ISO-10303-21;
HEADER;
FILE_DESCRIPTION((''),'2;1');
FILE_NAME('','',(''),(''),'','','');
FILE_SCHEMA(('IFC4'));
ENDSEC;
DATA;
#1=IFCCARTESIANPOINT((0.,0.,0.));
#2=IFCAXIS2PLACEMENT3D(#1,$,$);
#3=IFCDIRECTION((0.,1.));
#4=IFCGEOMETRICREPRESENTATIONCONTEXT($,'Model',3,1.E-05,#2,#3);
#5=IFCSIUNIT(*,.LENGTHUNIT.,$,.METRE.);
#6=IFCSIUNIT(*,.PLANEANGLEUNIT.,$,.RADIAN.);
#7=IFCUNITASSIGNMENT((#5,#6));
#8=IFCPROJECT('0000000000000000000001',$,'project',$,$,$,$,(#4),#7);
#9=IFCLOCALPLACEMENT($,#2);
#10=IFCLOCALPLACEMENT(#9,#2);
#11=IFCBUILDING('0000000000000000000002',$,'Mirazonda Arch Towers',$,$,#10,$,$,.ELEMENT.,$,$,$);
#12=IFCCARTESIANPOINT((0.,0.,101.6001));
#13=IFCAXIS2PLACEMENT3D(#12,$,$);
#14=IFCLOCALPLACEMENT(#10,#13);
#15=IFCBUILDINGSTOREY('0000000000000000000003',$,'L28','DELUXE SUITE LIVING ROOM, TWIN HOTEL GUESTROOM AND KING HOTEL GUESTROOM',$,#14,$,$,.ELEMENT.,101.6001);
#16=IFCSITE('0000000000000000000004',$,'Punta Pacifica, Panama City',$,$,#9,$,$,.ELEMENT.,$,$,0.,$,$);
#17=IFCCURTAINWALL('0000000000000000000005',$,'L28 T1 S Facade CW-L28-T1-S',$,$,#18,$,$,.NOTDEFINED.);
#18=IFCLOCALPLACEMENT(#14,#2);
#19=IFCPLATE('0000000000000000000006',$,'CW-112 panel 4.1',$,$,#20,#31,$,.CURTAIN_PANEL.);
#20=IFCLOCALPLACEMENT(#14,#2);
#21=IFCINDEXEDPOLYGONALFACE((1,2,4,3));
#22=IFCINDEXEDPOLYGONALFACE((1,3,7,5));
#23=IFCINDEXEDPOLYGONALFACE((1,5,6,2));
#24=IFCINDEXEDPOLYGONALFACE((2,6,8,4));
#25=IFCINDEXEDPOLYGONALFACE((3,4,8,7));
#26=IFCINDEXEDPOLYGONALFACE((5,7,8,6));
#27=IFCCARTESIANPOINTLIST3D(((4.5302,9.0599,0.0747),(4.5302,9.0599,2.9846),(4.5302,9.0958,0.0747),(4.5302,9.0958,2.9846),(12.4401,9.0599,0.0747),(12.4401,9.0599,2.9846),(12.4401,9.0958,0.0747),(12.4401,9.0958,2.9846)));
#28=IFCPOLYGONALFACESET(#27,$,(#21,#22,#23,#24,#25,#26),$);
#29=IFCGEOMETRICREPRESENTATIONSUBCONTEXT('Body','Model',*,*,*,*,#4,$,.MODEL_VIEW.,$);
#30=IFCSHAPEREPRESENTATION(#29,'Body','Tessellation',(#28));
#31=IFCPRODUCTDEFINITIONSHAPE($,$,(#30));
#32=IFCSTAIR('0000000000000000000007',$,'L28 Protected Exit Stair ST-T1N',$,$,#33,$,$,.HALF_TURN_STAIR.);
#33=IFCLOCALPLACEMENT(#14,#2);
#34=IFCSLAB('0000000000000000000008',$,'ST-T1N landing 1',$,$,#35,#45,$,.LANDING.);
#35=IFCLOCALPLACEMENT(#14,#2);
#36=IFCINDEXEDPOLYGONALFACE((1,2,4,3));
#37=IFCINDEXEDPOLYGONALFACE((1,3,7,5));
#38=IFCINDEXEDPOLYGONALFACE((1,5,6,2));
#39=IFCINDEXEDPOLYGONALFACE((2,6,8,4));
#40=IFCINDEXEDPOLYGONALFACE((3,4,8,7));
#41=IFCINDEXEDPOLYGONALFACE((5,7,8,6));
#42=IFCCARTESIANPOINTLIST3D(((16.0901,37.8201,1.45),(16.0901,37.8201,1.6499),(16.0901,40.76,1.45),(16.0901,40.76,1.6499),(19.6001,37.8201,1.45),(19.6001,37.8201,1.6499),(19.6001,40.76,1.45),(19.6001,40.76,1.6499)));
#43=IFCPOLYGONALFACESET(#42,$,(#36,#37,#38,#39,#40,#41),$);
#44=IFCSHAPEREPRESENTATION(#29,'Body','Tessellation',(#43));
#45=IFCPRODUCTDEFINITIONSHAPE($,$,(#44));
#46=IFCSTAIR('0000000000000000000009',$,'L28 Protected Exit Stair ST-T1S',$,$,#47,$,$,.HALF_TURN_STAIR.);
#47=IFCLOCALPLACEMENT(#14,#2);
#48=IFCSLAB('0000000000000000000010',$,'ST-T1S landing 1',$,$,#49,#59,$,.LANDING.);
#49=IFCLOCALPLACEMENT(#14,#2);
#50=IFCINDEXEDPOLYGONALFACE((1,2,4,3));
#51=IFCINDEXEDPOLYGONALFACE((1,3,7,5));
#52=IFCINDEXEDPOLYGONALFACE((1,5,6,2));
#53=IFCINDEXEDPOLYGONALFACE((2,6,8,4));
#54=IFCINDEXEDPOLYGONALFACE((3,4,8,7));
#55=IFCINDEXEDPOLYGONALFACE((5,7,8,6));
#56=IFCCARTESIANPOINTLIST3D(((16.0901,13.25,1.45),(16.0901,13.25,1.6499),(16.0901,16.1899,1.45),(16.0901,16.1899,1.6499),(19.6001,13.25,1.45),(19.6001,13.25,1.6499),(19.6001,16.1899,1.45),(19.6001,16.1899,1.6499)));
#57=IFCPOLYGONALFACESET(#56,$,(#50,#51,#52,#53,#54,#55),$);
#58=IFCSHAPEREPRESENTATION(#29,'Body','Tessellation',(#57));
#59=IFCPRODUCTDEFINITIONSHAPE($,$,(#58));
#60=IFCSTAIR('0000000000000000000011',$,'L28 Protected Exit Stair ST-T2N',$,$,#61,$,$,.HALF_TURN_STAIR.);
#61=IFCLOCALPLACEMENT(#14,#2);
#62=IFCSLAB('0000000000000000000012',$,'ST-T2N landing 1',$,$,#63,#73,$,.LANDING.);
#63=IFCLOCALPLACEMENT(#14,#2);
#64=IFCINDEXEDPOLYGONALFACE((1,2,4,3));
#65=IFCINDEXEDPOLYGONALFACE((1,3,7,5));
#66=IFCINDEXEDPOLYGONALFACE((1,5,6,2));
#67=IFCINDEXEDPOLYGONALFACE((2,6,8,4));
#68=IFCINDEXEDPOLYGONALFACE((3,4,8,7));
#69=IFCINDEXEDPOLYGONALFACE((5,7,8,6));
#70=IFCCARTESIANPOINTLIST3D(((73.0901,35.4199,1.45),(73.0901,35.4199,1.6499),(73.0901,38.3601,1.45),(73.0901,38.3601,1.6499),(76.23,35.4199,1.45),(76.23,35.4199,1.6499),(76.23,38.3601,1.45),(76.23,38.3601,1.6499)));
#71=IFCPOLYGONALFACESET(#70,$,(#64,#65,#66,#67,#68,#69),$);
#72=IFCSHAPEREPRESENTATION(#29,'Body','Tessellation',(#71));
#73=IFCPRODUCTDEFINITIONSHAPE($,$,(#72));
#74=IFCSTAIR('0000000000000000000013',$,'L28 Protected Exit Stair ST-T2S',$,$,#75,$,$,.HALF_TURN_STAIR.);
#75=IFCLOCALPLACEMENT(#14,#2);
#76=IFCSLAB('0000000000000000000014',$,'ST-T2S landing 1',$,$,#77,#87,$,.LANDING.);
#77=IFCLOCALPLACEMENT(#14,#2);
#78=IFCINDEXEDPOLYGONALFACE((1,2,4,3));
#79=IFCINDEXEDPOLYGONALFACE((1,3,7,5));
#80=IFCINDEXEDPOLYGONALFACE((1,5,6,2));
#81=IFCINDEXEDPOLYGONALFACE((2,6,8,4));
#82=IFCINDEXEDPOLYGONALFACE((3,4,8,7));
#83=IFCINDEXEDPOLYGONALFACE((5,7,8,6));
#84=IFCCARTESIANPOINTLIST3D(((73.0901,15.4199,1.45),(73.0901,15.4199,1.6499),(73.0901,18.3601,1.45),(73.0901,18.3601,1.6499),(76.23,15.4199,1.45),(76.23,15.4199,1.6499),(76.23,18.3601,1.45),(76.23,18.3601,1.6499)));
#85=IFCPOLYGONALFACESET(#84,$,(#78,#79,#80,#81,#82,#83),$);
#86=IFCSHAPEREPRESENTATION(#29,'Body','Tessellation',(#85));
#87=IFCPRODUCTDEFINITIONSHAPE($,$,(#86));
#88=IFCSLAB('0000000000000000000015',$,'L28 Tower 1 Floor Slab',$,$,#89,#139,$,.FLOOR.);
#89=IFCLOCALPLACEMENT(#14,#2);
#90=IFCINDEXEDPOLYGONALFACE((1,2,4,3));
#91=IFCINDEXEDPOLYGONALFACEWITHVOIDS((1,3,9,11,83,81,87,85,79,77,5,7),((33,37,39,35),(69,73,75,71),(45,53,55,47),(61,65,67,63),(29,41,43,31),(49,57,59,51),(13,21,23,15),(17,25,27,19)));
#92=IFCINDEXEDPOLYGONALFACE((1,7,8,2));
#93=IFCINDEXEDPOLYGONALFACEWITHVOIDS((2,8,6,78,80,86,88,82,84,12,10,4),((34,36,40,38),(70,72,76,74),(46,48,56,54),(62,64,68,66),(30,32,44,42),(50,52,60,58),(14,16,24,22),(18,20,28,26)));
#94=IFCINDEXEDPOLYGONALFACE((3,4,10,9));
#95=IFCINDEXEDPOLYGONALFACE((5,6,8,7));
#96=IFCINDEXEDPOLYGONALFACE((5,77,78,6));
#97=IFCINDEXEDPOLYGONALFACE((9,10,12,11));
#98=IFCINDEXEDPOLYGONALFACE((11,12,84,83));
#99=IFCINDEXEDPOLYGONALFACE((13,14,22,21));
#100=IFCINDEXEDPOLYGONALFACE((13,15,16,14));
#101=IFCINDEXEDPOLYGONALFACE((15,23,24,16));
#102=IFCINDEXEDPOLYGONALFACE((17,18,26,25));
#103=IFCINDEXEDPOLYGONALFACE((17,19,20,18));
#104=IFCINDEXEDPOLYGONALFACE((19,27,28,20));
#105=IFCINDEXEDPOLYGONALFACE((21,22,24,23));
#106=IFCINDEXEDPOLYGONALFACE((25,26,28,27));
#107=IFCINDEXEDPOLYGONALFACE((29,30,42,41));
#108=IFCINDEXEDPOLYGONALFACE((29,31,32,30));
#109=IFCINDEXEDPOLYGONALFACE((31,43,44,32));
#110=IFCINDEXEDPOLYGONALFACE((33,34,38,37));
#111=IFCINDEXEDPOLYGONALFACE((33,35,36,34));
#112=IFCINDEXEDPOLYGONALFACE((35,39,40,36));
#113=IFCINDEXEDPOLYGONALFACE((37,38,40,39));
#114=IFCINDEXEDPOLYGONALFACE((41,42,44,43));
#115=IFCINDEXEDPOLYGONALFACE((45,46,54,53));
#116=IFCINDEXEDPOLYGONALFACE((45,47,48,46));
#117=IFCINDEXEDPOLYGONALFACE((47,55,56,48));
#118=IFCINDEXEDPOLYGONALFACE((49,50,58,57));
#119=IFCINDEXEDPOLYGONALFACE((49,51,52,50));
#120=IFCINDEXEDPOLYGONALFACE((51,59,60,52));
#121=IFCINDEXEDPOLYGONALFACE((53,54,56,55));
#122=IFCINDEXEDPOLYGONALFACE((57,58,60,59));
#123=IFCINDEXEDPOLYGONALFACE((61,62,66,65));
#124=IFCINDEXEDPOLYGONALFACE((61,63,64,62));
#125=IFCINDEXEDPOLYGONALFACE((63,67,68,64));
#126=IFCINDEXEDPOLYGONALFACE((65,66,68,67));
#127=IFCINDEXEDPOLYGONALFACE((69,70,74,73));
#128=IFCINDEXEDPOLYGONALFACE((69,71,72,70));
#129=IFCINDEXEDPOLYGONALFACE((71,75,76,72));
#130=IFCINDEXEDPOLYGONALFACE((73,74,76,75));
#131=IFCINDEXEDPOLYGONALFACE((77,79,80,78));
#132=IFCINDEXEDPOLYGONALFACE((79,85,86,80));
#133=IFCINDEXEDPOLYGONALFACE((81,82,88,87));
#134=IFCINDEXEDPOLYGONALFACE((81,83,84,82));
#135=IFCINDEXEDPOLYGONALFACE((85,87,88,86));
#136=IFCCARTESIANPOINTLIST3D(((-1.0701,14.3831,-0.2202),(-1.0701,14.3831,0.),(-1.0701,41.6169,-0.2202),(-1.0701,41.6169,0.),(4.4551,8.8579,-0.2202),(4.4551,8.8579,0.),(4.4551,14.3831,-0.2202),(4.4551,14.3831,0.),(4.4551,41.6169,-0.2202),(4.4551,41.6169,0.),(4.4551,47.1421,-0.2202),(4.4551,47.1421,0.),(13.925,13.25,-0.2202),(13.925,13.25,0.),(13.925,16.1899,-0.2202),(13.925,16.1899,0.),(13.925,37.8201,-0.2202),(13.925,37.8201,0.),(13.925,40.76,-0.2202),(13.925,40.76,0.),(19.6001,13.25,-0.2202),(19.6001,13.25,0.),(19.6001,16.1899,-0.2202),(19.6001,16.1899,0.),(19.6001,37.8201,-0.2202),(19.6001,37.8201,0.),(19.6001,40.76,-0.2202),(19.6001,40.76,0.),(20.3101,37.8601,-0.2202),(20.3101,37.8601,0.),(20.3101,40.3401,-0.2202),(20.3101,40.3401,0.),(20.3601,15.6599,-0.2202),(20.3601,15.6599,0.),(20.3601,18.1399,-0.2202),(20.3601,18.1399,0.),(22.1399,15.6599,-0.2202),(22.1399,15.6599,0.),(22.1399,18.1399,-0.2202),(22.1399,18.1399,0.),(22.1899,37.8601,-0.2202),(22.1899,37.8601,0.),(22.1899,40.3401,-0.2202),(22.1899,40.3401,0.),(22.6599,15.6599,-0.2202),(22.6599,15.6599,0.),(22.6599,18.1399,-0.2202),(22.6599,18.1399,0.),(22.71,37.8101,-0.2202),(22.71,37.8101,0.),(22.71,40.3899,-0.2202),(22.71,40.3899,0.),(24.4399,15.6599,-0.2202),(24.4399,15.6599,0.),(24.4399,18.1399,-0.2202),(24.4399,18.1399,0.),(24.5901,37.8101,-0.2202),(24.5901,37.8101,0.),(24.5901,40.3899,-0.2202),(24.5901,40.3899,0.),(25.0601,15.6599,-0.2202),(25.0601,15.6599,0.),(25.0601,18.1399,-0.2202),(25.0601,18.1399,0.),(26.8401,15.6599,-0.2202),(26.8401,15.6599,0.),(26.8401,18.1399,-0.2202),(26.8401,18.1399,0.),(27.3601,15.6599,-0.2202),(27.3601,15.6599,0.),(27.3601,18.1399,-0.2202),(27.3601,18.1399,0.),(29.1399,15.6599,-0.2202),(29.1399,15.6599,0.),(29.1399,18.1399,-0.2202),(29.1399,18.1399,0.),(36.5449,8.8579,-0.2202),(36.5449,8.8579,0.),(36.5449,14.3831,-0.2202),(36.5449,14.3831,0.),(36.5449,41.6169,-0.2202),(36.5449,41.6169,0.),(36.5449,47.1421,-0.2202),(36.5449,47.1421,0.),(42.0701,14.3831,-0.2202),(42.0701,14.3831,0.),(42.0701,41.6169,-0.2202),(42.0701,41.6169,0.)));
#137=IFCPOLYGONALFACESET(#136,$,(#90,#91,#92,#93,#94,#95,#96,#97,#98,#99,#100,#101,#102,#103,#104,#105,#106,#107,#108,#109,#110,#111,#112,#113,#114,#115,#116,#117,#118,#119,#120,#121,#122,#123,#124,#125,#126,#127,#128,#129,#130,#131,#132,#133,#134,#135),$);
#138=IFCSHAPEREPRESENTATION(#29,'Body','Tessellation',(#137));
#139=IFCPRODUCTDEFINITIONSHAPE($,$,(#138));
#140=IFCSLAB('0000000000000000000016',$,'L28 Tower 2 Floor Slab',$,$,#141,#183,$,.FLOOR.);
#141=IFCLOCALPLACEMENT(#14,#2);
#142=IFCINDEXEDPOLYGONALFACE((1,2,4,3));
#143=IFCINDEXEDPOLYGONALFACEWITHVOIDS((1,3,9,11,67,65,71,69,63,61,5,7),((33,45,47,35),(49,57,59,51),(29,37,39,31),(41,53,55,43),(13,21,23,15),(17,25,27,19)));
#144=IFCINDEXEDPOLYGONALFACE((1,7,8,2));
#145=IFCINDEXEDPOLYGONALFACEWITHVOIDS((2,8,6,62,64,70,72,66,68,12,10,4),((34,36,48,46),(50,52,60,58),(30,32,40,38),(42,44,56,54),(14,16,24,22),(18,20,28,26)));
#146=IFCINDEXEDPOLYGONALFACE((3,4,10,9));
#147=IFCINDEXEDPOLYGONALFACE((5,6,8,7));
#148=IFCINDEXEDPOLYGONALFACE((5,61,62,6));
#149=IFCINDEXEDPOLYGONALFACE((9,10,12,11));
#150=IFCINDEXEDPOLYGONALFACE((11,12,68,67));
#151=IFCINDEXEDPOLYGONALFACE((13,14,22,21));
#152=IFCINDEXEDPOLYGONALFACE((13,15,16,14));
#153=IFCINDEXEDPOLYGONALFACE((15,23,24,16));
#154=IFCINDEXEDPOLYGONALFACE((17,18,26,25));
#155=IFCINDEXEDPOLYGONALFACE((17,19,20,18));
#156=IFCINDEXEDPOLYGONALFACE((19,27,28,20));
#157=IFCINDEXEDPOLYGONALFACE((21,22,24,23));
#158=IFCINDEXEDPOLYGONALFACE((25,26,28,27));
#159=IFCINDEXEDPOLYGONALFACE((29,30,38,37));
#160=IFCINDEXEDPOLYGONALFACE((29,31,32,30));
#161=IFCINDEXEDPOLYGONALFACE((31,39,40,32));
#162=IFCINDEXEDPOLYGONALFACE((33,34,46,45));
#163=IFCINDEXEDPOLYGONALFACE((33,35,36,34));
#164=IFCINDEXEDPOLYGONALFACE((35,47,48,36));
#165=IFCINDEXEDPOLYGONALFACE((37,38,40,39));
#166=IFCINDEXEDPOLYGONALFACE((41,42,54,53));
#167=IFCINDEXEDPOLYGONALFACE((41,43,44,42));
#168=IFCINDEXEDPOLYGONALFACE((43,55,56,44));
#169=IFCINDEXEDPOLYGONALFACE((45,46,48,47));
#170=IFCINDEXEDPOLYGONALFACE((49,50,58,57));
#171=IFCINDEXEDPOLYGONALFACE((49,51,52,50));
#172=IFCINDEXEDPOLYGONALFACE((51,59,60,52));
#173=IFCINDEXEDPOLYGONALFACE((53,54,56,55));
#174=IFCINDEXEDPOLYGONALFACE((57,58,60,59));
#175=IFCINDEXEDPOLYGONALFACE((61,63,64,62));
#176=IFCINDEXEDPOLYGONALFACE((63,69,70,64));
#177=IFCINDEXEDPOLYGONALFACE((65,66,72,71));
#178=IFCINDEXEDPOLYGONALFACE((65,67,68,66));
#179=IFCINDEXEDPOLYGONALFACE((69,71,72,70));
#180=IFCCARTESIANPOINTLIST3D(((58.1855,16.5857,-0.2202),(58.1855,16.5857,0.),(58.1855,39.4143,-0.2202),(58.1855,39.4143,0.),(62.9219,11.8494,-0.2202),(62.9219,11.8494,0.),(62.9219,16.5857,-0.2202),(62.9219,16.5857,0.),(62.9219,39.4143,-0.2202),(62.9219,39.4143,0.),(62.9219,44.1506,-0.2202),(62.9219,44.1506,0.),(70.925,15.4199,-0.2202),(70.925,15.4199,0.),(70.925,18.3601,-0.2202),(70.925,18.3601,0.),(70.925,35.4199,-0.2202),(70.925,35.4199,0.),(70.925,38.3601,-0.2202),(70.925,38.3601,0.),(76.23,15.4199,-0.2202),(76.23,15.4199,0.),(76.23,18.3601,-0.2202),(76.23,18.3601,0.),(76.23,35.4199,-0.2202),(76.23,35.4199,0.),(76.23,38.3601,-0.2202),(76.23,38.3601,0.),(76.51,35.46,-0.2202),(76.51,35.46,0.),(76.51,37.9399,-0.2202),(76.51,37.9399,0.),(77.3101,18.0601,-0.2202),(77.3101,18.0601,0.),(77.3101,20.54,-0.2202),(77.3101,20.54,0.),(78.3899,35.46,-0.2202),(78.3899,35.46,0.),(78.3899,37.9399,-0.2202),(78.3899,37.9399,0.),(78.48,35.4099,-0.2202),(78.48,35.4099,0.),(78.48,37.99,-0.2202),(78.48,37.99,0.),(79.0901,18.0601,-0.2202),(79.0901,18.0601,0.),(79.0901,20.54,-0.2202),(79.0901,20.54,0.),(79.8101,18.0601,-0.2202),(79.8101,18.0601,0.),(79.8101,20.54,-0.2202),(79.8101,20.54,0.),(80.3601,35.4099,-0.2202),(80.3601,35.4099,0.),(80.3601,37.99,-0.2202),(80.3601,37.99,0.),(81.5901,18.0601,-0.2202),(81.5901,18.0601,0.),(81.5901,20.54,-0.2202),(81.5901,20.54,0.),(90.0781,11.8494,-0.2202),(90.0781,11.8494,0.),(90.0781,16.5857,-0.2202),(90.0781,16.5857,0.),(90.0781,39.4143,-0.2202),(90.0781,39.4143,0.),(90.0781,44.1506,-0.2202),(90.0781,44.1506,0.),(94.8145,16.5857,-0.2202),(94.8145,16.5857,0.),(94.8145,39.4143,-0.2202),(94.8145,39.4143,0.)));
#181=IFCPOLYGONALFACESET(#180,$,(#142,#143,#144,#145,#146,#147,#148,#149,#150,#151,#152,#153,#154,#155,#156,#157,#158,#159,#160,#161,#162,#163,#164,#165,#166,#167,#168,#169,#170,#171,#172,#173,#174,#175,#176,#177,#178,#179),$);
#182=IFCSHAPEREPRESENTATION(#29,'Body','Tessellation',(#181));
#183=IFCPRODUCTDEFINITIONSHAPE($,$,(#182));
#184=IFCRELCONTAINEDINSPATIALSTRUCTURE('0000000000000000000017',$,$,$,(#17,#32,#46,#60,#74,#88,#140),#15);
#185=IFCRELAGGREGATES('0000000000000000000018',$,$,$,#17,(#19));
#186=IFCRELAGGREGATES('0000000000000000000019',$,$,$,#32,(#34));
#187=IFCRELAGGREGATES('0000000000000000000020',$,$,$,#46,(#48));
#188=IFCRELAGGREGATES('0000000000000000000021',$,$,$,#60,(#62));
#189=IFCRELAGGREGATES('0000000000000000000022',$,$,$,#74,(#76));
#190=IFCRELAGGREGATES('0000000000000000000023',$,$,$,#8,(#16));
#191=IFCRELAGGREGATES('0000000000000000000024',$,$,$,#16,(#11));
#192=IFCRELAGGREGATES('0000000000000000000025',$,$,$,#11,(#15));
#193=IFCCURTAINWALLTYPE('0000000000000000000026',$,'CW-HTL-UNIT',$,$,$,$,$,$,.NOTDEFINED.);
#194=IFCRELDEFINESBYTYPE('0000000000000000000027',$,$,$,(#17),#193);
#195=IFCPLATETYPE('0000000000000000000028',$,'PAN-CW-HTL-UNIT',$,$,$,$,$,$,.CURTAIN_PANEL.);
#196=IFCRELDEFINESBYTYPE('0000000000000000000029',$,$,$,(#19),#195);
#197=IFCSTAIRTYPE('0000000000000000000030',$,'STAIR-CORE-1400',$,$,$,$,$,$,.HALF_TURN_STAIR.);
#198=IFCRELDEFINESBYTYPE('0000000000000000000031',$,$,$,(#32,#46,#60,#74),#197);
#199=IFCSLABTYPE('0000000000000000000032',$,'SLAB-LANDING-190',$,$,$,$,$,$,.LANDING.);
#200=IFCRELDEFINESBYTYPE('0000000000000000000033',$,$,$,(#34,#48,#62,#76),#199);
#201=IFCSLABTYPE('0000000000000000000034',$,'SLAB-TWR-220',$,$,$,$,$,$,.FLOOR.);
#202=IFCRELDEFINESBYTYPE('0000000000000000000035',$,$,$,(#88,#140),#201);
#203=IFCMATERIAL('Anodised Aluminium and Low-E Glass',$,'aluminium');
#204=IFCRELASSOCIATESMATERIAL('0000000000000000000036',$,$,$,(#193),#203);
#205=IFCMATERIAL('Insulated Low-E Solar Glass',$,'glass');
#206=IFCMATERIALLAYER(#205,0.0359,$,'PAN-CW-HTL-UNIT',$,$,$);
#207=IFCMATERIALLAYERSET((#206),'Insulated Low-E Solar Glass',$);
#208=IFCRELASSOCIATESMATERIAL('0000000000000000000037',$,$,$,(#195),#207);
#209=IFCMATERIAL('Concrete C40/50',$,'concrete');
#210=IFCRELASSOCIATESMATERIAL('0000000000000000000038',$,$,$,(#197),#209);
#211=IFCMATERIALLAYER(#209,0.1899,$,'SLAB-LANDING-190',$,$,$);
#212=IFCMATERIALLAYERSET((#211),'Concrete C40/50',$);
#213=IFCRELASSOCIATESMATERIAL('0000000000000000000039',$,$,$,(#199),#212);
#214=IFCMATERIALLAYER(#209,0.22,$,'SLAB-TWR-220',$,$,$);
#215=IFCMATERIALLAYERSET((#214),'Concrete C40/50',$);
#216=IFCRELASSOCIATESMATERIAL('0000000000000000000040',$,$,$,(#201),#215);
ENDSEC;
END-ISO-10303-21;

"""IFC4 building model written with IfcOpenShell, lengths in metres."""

from ifc_helpers import new_model, si_unit, direction, frame, origin, origin_2d, place, context, subcontext, project, spatial, polyline, rectangle, outline, extrude, material, layer, layer_set, type_object, element, aggregate, save


model = new_model("IFC4")

# Units and contexts
model_context = context("Model", 3, precision=1e-05, world=origin(), true_north=direction((0.0, 1.0)))
body_context = subcontext(model_context, "Body", "Model", "MODEL_VIEW")
ifc_project = project(units=[si_unit("LENGTHUNIT", "METRE"), si_unit("PLANEANGLEUNIT", "RADIAN")], contexts=[model_context])

# Site, building, storey
site_placement = place(None, origin())
site = spatial("IfcSite", under=ifc_project, at=site_placement, Name="Punta Pacifica, Panama City", CompositionType="ELEMENT", RefElevation=0.0)
building_placement = place(site_placement, origin())
building = spatial("IfcBuilding", under=site, at=building_placement, Name="Mirazonda Arch Towers", CompositionType="ELEMENT")
storey_placement = place(building_placement, frame((0.0, 0.0, 101.6001)))
storey = spatial("IfcBuildingStorey", under=building, at=storey_placement, Name="L28", Description="DELUXE SUITE LIVING ROOM, TWIN HOTEL GUESTROOM AND KING HOTEL GUESTROOM", CompositionType="ELEMENT", Elevation=101.6001)

# Curtain wall
ifc_material_1 = material(Name="Anodised Aluminium and Low-E Glass", Category="aluminium")
curtain_wall_type = type_object("IfcCurtainWallType", Name="CW-HTL-UNIT", PredefinedType="NOTDEFINED", material=ifc_material_1)
curtain_wall_1_placement = place(storey_placement, origin())
curtain_wall_1 = element("IfcCurtainWall", 1, at=curtain_wall_1_placement, inside=storey, type_object=curtain_wall_type, Name="L28 T1 S Facade CW-L28-T1-S", PredefinedType="NOTDEFINED")

# Plate
ifc_material_2 = material(Name="Insulated Low-E Solar Glass", Category="glass")
ifc_layer_1 = layer(ifc_material_2, 0.0359, Name="PAN-CW-HTL-UNIT")
ifc_layer_set_1 = layer_set([ifc_layer_1], Name="Insulated Low-E Solar Glass")
plate_type = type_object("IfcPlateType", Name="PAN-CW-HTL-UNIT", PredefinedType="CURTAIN_PANEL", material=ifc_layer_set_1)
plate_placement = place(storey_placement, frame((8.4851, 9.0779, 0.0747), z_axis=(0.0, 0.0, 1.0), x_axis=(-1.0, 0.0, 0.0)))
plate = element("IfcPlate", 2, at=plate_placement, type_object=plate_type, Name="CW-112 panel 4.1", PredefinedType="CURTAIN_PANEL", context=body_context, shape_type="SweptSolid", body=[
    extrude(rectangle(XDim=7.9099, YDim=0.0359, at=origin_2d()), origin(), (0.0, 0.0, 1.0), 2.9099),
])
aggregate(curtain_wall_1, [plate])

# Stairs, slabs
ifc_material_3 = material(Name="Concrete C40/50", Category="concrete")
stair_type = type_object("IfcStairType", Name="STAIR-CORE-1400", PredefinedType="HALF_TURN_STAIR", material=ifc_material_3)
stair_1_placement = place(storey_placement, origin())
stair_1 = element("IfcStair", 3, at=stair_1_placement, inside=storey, type_object=stair_type, Name="L28 Protected Exit Stair ST-T1N", PredefinedType="HALF_TURN_STAIR")
ifc_layer_2 = layer(ifc_material_3, 0.1899, Name="SLAB-LANDING-190")
ifc_layer_set_2 = layer_set([ifc_layer_2], Name="Concrete C40/50")
slab_type_1 = type_object("IfcSlabType", Name="SLAB-LANDING-190", PredefinedType="LANDING", material=ifc_layer_set_2)
slab_1_placement = place(storey_placement, frame((0.0, 0.0, 1.45)))
slab_1 = element("IfcSlab", 4, at=slab_1_placement, type_object=slab_type_1, Name="ST-T1N landing 1", PredefinedType="LANDING", context=body_context, shape_type="SweptSolid", body=[
    extrude(outline(polyline([(16.0901, 37.8201), (19.6001, 37.8201), (19.6001, 40.76), (16.0901, 40.76), (16.0901, 37.8201)])), origin(), (0.0, 0.0, 1.0), 0.2),
])
aggregate(stair_1, [slab_1])
stair_2_placement = place(storey_placement, origin())
stair_2 = element("IfcStair", 5, at=stair_2_placement, inside=storey, type_object=stair_type, Name="L28 Protected Exit Stair ST-T1S", PredefinedType="HALF_TURN_STAIR")
slab_2_placement = place(storey_placement, frame((0.0, 0.0, 1.45)))
slab_2 = element("IfcSlab", 6, at=slab_2_placement, type_object=slab_type_1, Name="ST-T1S landing 1", PredefinedType="LANDING", context=body_context, shape_type="SweptSolid", body=[
    extrude(outline(polyline([(16.0901, 13.25), (19.6001, 13.25), (19.6001, 16.1899), (16.0901, 16.1899), (16.0901, 13.25)])), origin(), (0.0, 0.0, 1.0), 0.2),
])
aggregate(stair_2, [slab_2])
stair_3_placement = place(storey_placement, origin())
stair_3 = element("IfcStair", 7, at=stair_3_placement, inside=storey, type_object=stair_type, Name="L28 Protected Exit Stair ST-T2N", PredefinedType="HALF_TURN_STAIR")
slab_3_placement = place(storey_placement, frame((0.0, 0.0, 1.45)))
slab_3 = element("IfcSlab", 8, at=slab_3_placement, type_object=slab_type_1, Name="ST-T2N landing 1", PredefinedType="LANDING", context=body_context, shape_type="SweptSolid", body=[
    extrude(outline(polyline([(73.0901, 35.4199), (76.23, 35.4199), (76.23, 38.3601), (73.0901, 38.3601), (73.0901, 35.4199)])), origin(), (0.0, 0.0, 1.0), 0.2),
])
aggregate(stair_3, [slab_3])
stair_4_placement = place(storey_placement, origin())
stair_4 = element("IfcStair", 9, at=stair_4_placement, inside=storey, type_object=stair_type, Name="L28 Protected Exit Stair ST-T2S", PredefinedType="HALF_TURN_STAIR")
slab_4_placement = place(storey_placement, frame((0.0, 0.0, 1.45)))
slab_4 = element("IfcSlab", 10, at=slab_4_placement, type_object=slab_type_1, Name="ST-T2S landing 1", PredefinedType="LANDING", context=body_context, shape_type="SweptSolid", body=[
    extrude(outline(polyline([(73.0901, 15.4199), (76.23, 15.4199), (76.23, 18.3601), (73.0901, 18.3601), (73.0901, 15.4199)])), origin(), (0.0, 0.0, 1.0), 0.2),
])
aggregate(stair_4, [slab_4])

# Slabs
ifc_layer_3 = layer(ifc_material_3, 0.22, Name="SLAB-TWR-220")
ifc_layer_set_3 = layer_set([ifc_layer_3], Name="Concrete C40/50")
slab_type_2 = type_object("IfcSlabType", Name="SLAB-TWR-220", PredefinedType="FLOOR", material=ifc_layer_set_3)
slab_5_placement = place(storey_placement, frame((0.0, 0.0, -0.2202)))
element("IfcSlab", 11, at=slab_5_placement, inside=storey, type_object=slab_type_2, Name="L28 Tower 1 Floor Slab", PredefinedType="FLOOR", context=body_context, shape_type="SweptSolid", body=[
    extrude(outline(polyline([(4.4551, 8.8579), (36.5449, 8.8579), (36.5449, 14.3831), (42.0701, 14.3831), (42.0701, 41.6169), (36.5449, 41.6169), (36.5449, 47.1421), (4.4551, 47.1421), (4.4551, 41.6169), (-1.0701, 41.6169), (-1.0701, 14.3831), (4.4551, 14.3831), (4.4551, 8.8579)]), holes=[polyline([(27.3601, 18.1399), (29.1399, 18.1399), (29.1399, 15.6599), (27.3601, 15.6599), (27.3601, 18.1399)]), polyline([(25.0601, 18.1399), (26.8401, 18.1399), (26.8401, 15.6599), (25.0601, 15.6599), (25.0601, 18.1399)]), polyline([(22.71, 40.3899), (24.5901, 40.3899), (24.5901, 37.8101), (22.71, 37.8101), (22.71, 40.3899)]), polyline([(22.6599, 18.1399), (24.4399, 18.1399), (24.4399, 15.6599), (22.6599, 15.6599), (22.6599, 18.1399)]), polyline([(20.3101, 40.3401), (22.1899, 40.3401), (22.1899, 37.8601), (20.3101, 37.8601), (20.3101, 40.3401)]), polyline([(20.3601, 18.1399), (22.1399, 18.1399), (22.1399, 15.6599), (20.3601, 15.6599), (20.3601, 18.1399)]), polyline([(13.925, 13.25), (13.925, 16.1899), (19.6001, 16.1899), (19.6001, 13.25), (13.925, 13.25)]), polyline([(13.925, 37.8201), (13.925, 40.76), (19.6001, 40.76), (19.6001, 37.8201), (13.925, 37.8201)])]), origin(), (0.0, 0.0, 1.0), 0.2202),
])
slab_6_placement = place(storey_placement, frame((0.0, 0.0, -0.2202)))
element("IfcSlab", 12, at=slab_6_placement, inside=storey, type_object=slab_type_2, Name="L28 Tower 2 Floor Slab", PredefinedType="FLOOR", context=body_context, shape_type="SweptSolid", body=[
    extrude(outline(polyline([(62.9219, 11.8494), (90.0781, 11.8494), (90.0781, 16.5857), (94.8145, 16.5857), (94.8145, 39.4143), (90.0781, 39.4143), (90.0781, 44.1506), (62.9219, 44.1506), (62.9219, 39.4143), (58.1855, 39.4143), (58.1855, 16.5857), (62.9219, 16.5857), (62.9219, 11.8494)]), holes=[polyline([(79.8101, 20.54), (81.5901, 20.54), (81.5901, 18.0601), (79.8101, 18.0601), (79.8101, 20.54)]), polyline([(78.48, 37.99), (80.3601, 37.99), (80.3601, 35.4099), (78.48, 35.4099), (78.48, 37.99)]), polyline([(77.3101, 20.54), (79.0901, 20.54), (79.0901, 18.0601), (77.3101, 18.0601), (77.3101, 20.54)]), polyline([(76.51, 35.46), (76.51, 37.9399), (78.3899, 37.9399), (78.3899, 35.46), (76.51, 35.46)]), polyline([(76.23, 15.4199), (70.925, 15.4199), (70.925, 18.3601), (76.23, 18.3601), (76.23, 15.4199)]), polyline([(70.925, 35.4199), (70.925, 38.3601), (76.23, 38.3601), (76.23, 35.4199), (70.925, 35.4199)])]), origin(), (0.0, 0.0, 1.0), 0.2202),
])

save(model, "model.ifc")
